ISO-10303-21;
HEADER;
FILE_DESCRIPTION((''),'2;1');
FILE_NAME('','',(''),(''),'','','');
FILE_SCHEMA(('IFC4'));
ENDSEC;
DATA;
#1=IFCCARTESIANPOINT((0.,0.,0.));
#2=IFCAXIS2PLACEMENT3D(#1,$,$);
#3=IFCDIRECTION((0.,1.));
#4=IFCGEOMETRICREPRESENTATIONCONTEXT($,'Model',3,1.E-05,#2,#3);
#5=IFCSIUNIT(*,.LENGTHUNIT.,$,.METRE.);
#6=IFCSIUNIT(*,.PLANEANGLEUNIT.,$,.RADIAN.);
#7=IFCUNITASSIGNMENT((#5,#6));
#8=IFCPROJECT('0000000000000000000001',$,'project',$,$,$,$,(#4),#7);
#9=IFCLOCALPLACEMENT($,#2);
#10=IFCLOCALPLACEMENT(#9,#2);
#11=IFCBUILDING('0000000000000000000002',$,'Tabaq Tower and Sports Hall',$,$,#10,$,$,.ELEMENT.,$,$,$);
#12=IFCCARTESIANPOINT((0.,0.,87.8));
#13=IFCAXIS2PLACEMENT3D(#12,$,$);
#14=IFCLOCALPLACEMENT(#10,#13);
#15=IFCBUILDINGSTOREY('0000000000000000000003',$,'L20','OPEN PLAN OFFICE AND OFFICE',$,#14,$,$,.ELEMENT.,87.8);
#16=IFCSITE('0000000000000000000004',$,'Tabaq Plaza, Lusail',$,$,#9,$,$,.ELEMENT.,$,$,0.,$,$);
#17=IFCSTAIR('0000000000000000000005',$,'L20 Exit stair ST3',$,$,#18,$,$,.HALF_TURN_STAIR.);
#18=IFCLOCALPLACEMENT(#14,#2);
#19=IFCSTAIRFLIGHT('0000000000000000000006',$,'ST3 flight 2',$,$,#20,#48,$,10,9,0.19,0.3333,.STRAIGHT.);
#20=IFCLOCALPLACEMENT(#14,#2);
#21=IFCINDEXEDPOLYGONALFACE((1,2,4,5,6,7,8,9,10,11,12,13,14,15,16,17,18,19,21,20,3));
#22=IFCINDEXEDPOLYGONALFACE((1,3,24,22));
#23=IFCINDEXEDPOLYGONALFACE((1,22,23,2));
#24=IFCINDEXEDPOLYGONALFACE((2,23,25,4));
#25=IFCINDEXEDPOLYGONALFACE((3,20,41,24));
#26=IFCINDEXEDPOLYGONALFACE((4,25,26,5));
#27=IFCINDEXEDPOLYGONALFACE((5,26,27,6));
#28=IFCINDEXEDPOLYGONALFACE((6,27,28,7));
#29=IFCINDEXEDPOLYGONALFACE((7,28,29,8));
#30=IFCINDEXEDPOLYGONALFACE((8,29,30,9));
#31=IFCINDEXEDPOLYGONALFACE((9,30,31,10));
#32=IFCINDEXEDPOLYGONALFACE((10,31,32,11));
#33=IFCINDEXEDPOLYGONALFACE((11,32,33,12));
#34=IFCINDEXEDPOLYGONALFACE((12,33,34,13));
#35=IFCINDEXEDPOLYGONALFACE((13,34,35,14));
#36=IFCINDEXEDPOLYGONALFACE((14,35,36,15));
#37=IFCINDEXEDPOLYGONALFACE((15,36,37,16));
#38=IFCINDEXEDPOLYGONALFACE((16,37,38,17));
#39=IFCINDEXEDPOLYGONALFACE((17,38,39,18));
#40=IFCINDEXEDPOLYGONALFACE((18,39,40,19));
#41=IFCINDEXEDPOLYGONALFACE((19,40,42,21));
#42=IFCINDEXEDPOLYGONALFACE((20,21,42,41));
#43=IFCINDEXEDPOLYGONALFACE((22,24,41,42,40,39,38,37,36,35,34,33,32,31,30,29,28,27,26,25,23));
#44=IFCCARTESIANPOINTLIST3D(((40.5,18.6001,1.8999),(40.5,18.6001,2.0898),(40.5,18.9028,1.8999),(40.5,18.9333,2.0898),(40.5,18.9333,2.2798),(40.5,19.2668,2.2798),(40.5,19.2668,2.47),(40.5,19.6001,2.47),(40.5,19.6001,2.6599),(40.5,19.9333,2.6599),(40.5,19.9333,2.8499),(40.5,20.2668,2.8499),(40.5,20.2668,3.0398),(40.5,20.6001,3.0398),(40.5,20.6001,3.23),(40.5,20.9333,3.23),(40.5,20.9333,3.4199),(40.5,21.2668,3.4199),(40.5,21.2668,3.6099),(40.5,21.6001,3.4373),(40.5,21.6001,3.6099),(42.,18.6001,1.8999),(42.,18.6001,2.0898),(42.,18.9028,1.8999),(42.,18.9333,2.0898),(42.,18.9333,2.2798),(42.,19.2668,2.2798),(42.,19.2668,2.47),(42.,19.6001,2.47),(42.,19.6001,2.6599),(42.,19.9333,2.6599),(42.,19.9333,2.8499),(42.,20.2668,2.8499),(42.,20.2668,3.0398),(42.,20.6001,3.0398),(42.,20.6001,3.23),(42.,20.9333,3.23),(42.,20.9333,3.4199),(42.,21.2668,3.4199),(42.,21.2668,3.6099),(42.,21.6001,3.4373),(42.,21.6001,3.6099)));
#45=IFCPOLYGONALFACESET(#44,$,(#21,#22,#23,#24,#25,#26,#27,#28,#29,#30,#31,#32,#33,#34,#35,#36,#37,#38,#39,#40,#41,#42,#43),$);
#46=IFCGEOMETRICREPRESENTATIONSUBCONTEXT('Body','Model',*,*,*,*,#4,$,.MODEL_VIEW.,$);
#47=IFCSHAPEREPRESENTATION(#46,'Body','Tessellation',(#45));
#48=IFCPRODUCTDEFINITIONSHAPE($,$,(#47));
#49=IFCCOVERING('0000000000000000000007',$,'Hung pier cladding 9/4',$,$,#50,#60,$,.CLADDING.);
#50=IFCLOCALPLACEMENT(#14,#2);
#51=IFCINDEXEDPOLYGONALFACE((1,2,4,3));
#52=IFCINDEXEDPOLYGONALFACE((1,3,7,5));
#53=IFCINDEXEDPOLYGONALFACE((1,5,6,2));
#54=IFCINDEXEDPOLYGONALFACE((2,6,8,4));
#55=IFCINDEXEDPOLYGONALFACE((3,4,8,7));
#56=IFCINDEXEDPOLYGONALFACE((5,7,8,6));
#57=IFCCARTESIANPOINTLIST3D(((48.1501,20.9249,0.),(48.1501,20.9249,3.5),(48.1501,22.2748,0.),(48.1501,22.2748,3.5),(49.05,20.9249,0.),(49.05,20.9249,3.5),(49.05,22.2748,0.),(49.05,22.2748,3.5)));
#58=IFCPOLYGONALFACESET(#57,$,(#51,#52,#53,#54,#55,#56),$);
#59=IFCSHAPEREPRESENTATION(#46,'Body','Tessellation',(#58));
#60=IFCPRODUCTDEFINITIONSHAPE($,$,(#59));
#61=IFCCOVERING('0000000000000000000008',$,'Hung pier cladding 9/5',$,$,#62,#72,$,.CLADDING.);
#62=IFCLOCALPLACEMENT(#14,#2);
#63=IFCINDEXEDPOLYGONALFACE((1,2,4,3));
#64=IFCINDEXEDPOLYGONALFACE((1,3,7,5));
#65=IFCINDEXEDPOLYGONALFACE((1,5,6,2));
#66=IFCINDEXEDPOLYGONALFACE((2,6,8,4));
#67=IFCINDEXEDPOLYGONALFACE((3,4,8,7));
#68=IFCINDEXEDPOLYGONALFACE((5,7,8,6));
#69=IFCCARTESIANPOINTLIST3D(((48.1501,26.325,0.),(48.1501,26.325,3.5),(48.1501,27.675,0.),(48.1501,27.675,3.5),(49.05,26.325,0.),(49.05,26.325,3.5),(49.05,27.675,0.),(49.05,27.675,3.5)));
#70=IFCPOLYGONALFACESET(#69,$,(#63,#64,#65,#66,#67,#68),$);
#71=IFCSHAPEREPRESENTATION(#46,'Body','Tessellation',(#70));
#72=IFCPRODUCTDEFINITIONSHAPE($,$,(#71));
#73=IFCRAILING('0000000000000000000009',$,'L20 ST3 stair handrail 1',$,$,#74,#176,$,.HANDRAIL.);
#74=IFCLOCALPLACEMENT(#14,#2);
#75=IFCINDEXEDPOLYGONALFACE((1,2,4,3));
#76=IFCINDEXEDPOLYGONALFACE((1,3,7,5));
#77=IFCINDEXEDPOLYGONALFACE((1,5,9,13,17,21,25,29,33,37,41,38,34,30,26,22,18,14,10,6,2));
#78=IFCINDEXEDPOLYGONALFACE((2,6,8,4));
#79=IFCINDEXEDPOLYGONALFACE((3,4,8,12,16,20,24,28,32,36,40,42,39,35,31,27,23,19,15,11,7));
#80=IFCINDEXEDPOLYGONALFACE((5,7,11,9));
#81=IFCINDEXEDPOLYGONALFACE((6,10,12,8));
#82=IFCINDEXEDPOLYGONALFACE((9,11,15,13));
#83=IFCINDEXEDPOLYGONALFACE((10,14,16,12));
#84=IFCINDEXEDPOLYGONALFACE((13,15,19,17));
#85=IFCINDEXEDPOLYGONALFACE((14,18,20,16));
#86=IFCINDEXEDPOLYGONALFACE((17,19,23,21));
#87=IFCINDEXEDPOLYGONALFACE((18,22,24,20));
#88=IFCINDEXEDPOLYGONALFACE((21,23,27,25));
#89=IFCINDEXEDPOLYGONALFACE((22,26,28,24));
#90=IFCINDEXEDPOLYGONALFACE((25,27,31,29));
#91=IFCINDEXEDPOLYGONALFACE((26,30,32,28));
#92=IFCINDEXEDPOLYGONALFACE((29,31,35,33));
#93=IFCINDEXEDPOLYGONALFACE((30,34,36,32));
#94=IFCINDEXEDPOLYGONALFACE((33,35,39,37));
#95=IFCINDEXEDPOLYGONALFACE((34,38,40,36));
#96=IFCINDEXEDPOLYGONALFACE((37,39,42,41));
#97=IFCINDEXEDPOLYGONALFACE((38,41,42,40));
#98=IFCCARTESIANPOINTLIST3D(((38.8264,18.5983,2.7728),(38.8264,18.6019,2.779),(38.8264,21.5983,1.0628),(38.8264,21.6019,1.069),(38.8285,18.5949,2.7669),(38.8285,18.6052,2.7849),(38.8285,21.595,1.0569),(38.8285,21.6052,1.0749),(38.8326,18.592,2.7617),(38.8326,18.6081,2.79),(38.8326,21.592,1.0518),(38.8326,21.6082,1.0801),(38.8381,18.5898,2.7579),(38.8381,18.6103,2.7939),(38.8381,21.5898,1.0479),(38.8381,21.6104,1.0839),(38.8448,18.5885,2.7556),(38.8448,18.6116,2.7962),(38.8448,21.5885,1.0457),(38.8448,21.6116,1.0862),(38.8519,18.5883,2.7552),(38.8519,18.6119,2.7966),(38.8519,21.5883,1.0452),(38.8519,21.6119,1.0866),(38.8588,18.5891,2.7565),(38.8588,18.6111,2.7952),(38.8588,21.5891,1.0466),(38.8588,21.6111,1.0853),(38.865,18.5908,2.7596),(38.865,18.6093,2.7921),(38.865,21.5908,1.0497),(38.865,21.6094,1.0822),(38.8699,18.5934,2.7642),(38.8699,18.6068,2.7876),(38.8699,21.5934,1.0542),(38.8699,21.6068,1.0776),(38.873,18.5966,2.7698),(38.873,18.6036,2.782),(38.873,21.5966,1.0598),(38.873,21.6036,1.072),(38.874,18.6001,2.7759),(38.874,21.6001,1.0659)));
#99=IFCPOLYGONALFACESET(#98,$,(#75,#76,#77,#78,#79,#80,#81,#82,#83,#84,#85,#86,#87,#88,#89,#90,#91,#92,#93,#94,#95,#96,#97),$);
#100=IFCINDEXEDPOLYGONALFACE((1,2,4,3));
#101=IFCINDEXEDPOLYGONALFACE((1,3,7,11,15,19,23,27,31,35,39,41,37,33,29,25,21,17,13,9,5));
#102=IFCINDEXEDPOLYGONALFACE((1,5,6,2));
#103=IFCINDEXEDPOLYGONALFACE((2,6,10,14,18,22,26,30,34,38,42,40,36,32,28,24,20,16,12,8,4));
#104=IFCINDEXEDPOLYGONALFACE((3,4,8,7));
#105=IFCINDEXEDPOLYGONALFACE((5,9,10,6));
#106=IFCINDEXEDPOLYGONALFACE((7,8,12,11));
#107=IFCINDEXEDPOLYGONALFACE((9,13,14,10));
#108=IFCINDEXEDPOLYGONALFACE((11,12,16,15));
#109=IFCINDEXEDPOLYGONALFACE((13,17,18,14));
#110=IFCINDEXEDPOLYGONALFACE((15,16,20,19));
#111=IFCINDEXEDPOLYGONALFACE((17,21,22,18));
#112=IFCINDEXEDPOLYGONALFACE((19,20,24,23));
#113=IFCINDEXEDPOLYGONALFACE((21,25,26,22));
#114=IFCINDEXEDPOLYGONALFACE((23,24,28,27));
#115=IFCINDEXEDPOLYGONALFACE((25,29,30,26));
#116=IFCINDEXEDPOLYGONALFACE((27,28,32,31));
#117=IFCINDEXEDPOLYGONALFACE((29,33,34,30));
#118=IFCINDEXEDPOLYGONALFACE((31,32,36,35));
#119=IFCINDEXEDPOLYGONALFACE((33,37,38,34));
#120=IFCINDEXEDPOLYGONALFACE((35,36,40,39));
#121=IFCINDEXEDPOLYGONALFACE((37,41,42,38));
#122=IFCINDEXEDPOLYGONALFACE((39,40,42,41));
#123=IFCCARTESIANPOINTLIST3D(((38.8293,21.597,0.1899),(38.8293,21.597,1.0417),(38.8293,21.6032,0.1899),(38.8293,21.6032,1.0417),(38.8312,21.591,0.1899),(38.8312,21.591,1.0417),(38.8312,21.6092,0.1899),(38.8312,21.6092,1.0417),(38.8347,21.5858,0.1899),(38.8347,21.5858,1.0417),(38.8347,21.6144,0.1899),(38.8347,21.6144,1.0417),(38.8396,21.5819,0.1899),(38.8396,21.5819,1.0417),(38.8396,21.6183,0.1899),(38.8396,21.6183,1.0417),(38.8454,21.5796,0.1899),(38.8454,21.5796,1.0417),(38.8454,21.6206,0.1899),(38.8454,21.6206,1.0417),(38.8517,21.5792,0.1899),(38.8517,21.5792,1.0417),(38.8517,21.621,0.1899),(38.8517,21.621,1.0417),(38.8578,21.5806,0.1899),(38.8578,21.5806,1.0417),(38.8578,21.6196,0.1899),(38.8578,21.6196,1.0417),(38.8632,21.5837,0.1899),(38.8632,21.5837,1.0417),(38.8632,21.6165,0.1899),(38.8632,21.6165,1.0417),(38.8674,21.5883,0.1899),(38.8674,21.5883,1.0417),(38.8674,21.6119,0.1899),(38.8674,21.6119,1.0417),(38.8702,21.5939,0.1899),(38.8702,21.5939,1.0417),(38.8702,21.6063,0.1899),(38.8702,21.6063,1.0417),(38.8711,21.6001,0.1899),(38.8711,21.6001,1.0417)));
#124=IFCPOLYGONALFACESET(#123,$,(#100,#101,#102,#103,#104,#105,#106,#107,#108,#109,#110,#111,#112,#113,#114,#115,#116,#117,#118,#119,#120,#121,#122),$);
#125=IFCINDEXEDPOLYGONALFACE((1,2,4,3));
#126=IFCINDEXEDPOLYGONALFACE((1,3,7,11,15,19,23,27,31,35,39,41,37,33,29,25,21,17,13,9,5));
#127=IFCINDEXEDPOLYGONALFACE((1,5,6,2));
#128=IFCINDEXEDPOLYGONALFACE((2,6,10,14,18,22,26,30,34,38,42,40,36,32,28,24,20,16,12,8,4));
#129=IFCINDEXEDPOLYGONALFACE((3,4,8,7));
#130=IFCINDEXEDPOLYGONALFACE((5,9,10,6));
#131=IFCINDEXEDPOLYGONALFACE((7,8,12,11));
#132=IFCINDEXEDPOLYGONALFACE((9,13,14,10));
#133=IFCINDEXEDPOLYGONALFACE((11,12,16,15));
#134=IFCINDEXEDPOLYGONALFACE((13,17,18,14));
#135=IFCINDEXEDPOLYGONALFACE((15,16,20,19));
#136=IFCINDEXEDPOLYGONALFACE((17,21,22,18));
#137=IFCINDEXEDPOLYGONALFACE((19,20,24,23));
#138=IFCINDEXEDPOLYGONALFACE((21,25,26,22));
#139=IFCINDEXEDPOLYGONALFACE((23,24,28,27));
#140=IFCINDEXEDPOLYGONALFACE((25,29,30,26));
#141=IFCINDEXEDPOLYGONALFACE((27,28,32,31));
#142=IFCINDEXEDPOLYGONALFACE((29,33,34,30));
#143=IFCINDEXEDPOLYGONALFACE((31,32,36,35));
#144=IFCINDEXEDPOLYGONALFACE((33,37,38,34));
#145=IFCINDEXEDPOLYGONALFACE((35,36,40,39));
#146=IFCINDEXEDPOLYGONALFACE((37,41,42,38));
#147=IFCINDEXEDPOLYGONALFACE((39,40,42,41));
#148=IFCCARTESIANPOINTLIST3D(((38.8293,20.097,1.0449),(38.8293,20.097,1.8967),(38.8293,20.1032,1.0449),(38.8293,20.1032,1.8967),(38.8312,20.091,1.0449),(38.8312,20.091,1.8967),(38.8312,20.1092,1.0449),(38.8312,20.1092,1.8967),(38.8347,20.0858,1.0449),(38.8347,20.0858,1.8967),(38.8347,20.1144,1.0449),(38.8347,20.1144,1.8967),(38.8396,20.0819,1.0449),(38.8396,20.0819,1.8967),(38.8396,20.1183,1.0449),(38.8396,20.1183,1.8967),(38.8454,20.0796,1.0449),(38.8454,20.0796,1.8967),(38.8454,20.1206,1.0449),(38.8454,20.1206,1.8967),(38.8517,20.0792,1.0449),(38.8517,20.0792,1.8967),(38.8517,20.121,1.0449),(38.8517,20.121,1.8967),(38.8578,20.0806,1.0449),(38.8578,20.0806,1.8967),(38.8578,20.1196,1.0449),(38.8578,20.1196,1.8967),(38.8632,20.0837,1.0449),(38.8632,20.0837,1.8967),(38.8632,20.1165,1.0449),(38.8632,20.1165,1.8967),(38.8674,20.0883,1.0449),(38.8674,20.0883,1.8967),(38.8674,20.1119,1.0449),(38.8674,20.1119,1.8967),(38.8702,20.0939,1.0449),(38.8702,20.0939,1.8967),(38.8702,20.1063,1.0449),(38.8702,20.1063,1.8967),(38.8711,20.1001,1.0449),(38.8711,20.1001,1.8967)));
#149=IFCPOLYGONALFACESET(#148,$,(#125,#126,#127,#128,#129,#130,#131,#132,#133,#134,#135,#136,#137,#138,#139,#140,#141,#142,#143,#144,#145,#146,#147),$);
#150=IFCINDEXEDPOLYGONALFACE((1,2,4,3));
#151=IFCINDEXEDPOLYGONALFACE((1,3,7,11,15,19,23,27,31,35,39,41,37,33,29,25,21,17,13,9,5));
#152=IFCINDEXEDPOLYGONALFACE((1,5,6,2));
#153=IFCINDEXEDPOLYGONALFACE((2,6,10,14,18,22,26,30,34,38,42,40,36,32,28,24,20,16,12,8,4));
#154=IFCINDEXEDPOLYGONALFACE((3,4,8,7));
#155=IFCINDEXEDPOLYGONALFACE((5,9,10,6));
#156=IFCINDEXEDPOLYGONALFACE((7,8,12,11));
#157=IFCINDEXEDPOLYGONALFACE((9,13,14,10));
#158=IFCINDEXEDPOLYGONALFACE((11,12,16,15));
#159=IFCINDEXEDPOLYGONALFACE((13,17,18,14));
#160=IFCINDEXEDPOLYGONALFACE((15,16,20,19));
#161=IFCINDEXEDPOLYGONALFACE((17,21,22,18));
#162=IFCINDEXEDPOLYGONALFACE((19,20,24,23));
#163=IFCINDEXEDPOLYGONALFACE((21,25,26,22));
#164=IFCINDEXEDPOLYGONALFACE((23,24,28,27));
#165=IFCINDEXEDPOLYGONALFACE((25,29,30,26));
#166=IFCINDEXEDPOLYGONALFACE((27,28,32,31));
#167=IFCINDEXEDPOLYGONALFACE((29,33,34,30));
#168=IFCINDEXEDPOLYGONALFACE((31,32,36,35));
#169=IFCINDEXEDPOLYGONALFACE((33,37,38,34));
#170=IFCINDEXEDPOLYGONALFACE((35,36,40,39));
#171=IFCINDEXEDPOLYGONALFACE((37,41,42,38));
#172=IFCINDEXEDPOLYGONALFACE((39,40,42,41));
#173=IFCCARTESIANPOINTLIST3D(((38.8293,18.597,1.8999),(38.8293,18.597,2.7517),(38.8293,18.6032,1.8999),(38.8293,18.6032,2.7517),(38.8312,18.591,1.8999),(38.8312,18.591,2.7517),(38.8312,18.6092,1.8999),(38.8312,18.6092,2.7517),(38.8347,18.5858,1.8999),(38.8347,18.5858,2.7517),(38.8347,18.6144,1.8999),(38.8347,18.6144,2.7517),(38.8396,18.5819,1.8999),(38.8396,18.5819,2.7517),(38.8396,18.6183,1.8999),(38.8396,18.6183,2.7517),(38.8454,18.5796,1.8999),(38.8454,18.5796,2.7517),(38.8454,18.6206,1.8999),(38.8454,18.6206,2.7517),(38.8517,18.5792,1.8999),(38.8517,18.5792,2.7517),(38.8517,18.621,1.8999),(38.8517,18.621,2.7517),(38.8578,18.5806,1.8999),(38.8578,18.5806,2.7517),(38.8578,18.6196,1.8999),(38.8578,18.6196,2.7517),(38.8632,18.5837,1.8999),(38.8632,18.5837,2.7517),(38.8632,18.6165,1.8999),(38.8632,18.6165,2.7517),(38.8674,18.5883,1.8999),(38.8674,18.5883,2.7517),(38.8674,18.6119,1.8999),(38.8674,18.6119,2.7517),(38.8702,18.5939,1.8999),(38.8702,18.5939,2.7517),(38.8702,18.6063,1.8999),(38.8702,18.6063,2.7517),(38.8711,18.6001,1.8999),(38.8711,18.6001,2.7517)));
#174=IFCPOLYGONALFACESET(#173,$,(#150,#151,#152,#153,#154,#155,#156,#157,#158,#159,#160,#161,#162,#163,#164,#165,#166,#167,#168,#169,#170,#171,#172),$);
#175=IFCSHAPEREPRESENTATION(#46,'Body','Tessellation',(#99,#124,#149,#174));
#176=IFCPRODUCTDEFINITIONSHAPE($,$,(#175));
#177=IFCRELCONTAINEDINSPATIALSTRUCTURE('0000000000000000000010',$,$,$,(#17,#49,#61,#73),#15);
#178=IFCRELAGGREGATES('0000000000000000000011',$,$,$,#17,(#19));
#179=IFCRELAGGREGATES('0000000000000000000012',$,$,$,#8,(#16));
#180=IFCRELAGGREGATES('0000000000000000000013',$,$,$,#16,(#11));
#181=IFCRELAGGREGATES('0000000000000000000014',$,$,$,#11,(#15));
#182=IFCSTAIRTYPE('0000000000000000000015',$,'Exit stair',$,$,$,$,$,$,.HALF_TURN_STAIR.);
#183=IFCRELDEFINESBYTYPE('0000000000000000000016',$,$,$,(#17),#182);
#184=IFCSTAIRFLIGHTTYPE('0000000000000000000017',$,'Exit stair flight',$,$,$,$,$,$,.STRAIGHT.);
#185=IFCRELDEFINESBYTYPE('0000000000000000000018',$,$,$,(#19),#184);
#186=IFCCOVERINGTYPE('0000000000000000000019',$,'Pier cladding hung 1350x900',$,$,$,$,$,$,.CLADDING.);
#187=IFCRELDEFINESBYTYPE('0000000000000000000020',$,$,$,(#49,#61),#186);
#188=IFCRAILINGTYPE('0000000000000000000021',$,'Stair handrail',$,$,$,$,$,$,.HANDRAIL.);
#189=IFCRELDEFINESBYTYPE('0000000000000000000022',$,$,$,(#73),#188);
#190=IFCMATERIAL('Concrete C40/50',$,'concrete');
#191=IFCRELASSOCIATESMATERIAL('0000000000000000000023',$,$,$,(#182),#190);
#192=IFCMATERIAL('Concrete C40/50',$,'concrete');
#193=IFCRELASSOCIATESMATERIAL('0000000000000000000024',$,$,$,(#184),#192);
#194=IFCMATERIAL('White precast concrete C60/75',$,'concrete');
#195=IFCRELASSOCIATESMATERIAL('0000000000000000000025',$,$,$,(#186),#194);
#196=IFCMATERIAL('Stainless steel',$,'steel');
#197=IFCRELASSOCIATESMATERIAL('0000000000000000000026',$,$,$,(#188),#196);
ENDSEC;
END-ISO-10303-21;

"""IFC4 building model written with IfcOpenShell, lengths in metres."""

from ifc_helpers import new_model, si_unit, direction, frame, frame_2d, origin, origin_2d, place, context, subcontext, project, spatial, polyline, rectangle, circle, outline, extrude, material, type_object, element, aggregate, save


model = new_model("IFC4")

# Units and contexts
model_context = context("Model", 3, precision=1e-05, world=origin(), true_north=direction((0.0, 1.0)))
body_context = subcontext(model_context, "Body", "Model", "MODEL_VIEW")
ifc_project = project(units=[si_unit("LENGTHUNIT", "METRE"), si_unit("PLANEANGLEUNIT", "RADIAN")], contexts=[model_context])

# Site, building, storey
site_placement = place(None, origin())
site = spatial("IfcSite", under=ifc_project, at=site_placement, Name="Tabaq Plaza, Lusail", CompositionType="ELEMENT", RefElevation=0.0)
building_placement = place(site_placement, origin())
building = spatial("IfcBuilding", under=site, at=building_placement, Name="Tabaq Tower and Sports Hall", CompositionType="ELEMENT")
storey_placement = place(building_placement, frame((0.0, 0.0, 87.8)))
storey = spatial("IfcBuildingStorey", under=building, at=storey_placement, Name="L20", Description="OPEN PLAN OFFICE AND OFFICE", CompositionType="ELEMENT", Elevation=87.8)

# Stair, stair flight
ifc_material_1 = material(Name="Concrete C40/50", Category="concrete")
stair_type = type_object("IfcStairType", Name="Exit stair", PredefinedType="HALF_TURN_STAIR", material=ifc_material_1)
stair_placement = place(storey_placement, origin())
stair = element("IfcStair", 1, at=stair_placement, inside=storey, type_object=stair_type, Name="L20 Exit stair ST3", PredefinedType="HALF_TURN_STAIR")
ifc_material_2 = material(Name="Concrete C40/50", Category="concrete")
stair_flight_type = type_object("IfcStairFlightType", Name="Exit stair flight", PredefinedType="STRAIGHT", material=ifc_material_2)
stair_flight_1_placement = place(storey_placement, frame((41.25, 18.6001, 1.8999), z_axis=(0.0, 0.0, 1.0), x_axis=(0.0, 1.0, 0.0)))
stair_flight_1 = element("IfcStairFlight", 2, at=stair_flight_1_placement, type_object=stair_flight_type, Name="ST3 flight 2", NumberOfRisers=10, NumberOfTreads=9, PredefinedType="STRAIGHT", RiserHeight=0.19, TreadLength=0.3333, context=body_context, shape_type="SweptSolid", body=[
    extrude(outline(polyline([(0.0, 0.0), (0.0, 0.1899), (0.3333, 0.1899), (0.3333, 0.3799), (0.6667, 0.3799), (0.6667, 0.5701), (1.0, 0.5701), (1.0, 0.76), (1.3333, 0.76), (1.3333, 0.95), (1.6667, 0.95), (1.6667, 1.1399), (2.0, 1.1399), (2.0, 1.3301), (2.3333, 1.3301), (2.3333, 1.52), (2.6667, 1.52), (2.6667, 1.71), (3.0, 1.71), (3.0, 1.8999), (3.0, 1.5374), (0.3027, 0.0), (0.0, 0.0)])), frame((0.0, 0.75, 0.0), z_axis=(0.0, -1.0, 0.0), x_axis=(1.0, 0.0, 0.0)), (0.0, 0.0, 1.0), 1.5),
])
aggregate(stair, [stair_flight_1])

# Coverings
ifc_material_3 = material(Name="White precast concrete C60/75", Category="concrete")
covering_type_1 = type_object("IfcCoveringType", Name="Pier cladding hung 1350x900", PredefinedType="CLADDING", material=ifc_material_3)
covering_1_placement = place(storey_placement, frame((48.6001, 20.925, 0.0), z_axis=(0.0, 0.0, 1.0), x_axis=(0.0, 1.0, 0.0)))
element("IfcCovering", 3, at=covering_1_placement, inside=storey, type_object=covering_type_1, Name="Hung pier cladding 9/4", PredefinedType="CLADDING", context=body_context, shape_type="SweptSolid", body=[
    extrude(rectangle(XDim=1.3499, YDim=0.8999, at=frame_2d((0.6748, 0.0))), origin(), (0.0, 0.0, 1.0), 3.5),
])
covering_2_placement = place(storey_placement, frame((48.6001, 26.325, 0.0), z_axis=(0.0, 0.0, 1.0), x_axis=(0.0, 1.0, 0.0)))
element("IfcCovering", 4, at=covering_2_placement, inside=storey, type_object=covering_type_1, Name="Hung pier cladding 9/5", PredefinedType="CLADDING", context=body_context, shape_type="SweptSolid", body=[
    extrude(rectangle(XDim=1.3501, YDim=0.8999, at=frame_2d((0.675, 0.0))), origin(), (0.0, 0.0, 1.0), 3.5),
])

# Railing
ifc_material_4 = material(Name="Stainless steel", Category="steel")
railing_type_1 = type_object("IfcRailingType", Name="Stair handrail", PredefinedType="HANDRAIL", material=ifc_material_4)
railing_1_placement = place(storey_placement, frame((38.8501, 21.6001, 0.1899)))
element("IfcRailing", 5, at=railing_1_placement, inside=storey, type_object=railing_type_1, Name="L20 ST3 stair handrail 1", PredefinedType="HANDRAIL", context=body_context, shape_type="SweptSolid", body=[
    extrude(circle(Radius=0.0239, at=origin_2d()), frame((0.0, 0.0, 0.876), z_axis=(0.0, -0.868782, 0.495195), x_axis=(1.0, 0.0, 0.0)), (0.0, 0.0, 1.0), 3.4531),
    extrude(circle(Radius=0.021, at=origin_2d()), origin(), (0.0, 0.0, 1.0), 0.8518),
    extrude(circle(Radius=0.021, at=origin_2d()), frame((0.0, -1.5, 0.855)), (0.0, 0.0, 1.0), 0.8518),
    extrude(circle(Radius=0.021, at=origin_2d()), frame((0.0, -3.0, 1.71)), (0.0, 0.0, 1.0), 0.8518),
])

save(model, "model.ifc")
